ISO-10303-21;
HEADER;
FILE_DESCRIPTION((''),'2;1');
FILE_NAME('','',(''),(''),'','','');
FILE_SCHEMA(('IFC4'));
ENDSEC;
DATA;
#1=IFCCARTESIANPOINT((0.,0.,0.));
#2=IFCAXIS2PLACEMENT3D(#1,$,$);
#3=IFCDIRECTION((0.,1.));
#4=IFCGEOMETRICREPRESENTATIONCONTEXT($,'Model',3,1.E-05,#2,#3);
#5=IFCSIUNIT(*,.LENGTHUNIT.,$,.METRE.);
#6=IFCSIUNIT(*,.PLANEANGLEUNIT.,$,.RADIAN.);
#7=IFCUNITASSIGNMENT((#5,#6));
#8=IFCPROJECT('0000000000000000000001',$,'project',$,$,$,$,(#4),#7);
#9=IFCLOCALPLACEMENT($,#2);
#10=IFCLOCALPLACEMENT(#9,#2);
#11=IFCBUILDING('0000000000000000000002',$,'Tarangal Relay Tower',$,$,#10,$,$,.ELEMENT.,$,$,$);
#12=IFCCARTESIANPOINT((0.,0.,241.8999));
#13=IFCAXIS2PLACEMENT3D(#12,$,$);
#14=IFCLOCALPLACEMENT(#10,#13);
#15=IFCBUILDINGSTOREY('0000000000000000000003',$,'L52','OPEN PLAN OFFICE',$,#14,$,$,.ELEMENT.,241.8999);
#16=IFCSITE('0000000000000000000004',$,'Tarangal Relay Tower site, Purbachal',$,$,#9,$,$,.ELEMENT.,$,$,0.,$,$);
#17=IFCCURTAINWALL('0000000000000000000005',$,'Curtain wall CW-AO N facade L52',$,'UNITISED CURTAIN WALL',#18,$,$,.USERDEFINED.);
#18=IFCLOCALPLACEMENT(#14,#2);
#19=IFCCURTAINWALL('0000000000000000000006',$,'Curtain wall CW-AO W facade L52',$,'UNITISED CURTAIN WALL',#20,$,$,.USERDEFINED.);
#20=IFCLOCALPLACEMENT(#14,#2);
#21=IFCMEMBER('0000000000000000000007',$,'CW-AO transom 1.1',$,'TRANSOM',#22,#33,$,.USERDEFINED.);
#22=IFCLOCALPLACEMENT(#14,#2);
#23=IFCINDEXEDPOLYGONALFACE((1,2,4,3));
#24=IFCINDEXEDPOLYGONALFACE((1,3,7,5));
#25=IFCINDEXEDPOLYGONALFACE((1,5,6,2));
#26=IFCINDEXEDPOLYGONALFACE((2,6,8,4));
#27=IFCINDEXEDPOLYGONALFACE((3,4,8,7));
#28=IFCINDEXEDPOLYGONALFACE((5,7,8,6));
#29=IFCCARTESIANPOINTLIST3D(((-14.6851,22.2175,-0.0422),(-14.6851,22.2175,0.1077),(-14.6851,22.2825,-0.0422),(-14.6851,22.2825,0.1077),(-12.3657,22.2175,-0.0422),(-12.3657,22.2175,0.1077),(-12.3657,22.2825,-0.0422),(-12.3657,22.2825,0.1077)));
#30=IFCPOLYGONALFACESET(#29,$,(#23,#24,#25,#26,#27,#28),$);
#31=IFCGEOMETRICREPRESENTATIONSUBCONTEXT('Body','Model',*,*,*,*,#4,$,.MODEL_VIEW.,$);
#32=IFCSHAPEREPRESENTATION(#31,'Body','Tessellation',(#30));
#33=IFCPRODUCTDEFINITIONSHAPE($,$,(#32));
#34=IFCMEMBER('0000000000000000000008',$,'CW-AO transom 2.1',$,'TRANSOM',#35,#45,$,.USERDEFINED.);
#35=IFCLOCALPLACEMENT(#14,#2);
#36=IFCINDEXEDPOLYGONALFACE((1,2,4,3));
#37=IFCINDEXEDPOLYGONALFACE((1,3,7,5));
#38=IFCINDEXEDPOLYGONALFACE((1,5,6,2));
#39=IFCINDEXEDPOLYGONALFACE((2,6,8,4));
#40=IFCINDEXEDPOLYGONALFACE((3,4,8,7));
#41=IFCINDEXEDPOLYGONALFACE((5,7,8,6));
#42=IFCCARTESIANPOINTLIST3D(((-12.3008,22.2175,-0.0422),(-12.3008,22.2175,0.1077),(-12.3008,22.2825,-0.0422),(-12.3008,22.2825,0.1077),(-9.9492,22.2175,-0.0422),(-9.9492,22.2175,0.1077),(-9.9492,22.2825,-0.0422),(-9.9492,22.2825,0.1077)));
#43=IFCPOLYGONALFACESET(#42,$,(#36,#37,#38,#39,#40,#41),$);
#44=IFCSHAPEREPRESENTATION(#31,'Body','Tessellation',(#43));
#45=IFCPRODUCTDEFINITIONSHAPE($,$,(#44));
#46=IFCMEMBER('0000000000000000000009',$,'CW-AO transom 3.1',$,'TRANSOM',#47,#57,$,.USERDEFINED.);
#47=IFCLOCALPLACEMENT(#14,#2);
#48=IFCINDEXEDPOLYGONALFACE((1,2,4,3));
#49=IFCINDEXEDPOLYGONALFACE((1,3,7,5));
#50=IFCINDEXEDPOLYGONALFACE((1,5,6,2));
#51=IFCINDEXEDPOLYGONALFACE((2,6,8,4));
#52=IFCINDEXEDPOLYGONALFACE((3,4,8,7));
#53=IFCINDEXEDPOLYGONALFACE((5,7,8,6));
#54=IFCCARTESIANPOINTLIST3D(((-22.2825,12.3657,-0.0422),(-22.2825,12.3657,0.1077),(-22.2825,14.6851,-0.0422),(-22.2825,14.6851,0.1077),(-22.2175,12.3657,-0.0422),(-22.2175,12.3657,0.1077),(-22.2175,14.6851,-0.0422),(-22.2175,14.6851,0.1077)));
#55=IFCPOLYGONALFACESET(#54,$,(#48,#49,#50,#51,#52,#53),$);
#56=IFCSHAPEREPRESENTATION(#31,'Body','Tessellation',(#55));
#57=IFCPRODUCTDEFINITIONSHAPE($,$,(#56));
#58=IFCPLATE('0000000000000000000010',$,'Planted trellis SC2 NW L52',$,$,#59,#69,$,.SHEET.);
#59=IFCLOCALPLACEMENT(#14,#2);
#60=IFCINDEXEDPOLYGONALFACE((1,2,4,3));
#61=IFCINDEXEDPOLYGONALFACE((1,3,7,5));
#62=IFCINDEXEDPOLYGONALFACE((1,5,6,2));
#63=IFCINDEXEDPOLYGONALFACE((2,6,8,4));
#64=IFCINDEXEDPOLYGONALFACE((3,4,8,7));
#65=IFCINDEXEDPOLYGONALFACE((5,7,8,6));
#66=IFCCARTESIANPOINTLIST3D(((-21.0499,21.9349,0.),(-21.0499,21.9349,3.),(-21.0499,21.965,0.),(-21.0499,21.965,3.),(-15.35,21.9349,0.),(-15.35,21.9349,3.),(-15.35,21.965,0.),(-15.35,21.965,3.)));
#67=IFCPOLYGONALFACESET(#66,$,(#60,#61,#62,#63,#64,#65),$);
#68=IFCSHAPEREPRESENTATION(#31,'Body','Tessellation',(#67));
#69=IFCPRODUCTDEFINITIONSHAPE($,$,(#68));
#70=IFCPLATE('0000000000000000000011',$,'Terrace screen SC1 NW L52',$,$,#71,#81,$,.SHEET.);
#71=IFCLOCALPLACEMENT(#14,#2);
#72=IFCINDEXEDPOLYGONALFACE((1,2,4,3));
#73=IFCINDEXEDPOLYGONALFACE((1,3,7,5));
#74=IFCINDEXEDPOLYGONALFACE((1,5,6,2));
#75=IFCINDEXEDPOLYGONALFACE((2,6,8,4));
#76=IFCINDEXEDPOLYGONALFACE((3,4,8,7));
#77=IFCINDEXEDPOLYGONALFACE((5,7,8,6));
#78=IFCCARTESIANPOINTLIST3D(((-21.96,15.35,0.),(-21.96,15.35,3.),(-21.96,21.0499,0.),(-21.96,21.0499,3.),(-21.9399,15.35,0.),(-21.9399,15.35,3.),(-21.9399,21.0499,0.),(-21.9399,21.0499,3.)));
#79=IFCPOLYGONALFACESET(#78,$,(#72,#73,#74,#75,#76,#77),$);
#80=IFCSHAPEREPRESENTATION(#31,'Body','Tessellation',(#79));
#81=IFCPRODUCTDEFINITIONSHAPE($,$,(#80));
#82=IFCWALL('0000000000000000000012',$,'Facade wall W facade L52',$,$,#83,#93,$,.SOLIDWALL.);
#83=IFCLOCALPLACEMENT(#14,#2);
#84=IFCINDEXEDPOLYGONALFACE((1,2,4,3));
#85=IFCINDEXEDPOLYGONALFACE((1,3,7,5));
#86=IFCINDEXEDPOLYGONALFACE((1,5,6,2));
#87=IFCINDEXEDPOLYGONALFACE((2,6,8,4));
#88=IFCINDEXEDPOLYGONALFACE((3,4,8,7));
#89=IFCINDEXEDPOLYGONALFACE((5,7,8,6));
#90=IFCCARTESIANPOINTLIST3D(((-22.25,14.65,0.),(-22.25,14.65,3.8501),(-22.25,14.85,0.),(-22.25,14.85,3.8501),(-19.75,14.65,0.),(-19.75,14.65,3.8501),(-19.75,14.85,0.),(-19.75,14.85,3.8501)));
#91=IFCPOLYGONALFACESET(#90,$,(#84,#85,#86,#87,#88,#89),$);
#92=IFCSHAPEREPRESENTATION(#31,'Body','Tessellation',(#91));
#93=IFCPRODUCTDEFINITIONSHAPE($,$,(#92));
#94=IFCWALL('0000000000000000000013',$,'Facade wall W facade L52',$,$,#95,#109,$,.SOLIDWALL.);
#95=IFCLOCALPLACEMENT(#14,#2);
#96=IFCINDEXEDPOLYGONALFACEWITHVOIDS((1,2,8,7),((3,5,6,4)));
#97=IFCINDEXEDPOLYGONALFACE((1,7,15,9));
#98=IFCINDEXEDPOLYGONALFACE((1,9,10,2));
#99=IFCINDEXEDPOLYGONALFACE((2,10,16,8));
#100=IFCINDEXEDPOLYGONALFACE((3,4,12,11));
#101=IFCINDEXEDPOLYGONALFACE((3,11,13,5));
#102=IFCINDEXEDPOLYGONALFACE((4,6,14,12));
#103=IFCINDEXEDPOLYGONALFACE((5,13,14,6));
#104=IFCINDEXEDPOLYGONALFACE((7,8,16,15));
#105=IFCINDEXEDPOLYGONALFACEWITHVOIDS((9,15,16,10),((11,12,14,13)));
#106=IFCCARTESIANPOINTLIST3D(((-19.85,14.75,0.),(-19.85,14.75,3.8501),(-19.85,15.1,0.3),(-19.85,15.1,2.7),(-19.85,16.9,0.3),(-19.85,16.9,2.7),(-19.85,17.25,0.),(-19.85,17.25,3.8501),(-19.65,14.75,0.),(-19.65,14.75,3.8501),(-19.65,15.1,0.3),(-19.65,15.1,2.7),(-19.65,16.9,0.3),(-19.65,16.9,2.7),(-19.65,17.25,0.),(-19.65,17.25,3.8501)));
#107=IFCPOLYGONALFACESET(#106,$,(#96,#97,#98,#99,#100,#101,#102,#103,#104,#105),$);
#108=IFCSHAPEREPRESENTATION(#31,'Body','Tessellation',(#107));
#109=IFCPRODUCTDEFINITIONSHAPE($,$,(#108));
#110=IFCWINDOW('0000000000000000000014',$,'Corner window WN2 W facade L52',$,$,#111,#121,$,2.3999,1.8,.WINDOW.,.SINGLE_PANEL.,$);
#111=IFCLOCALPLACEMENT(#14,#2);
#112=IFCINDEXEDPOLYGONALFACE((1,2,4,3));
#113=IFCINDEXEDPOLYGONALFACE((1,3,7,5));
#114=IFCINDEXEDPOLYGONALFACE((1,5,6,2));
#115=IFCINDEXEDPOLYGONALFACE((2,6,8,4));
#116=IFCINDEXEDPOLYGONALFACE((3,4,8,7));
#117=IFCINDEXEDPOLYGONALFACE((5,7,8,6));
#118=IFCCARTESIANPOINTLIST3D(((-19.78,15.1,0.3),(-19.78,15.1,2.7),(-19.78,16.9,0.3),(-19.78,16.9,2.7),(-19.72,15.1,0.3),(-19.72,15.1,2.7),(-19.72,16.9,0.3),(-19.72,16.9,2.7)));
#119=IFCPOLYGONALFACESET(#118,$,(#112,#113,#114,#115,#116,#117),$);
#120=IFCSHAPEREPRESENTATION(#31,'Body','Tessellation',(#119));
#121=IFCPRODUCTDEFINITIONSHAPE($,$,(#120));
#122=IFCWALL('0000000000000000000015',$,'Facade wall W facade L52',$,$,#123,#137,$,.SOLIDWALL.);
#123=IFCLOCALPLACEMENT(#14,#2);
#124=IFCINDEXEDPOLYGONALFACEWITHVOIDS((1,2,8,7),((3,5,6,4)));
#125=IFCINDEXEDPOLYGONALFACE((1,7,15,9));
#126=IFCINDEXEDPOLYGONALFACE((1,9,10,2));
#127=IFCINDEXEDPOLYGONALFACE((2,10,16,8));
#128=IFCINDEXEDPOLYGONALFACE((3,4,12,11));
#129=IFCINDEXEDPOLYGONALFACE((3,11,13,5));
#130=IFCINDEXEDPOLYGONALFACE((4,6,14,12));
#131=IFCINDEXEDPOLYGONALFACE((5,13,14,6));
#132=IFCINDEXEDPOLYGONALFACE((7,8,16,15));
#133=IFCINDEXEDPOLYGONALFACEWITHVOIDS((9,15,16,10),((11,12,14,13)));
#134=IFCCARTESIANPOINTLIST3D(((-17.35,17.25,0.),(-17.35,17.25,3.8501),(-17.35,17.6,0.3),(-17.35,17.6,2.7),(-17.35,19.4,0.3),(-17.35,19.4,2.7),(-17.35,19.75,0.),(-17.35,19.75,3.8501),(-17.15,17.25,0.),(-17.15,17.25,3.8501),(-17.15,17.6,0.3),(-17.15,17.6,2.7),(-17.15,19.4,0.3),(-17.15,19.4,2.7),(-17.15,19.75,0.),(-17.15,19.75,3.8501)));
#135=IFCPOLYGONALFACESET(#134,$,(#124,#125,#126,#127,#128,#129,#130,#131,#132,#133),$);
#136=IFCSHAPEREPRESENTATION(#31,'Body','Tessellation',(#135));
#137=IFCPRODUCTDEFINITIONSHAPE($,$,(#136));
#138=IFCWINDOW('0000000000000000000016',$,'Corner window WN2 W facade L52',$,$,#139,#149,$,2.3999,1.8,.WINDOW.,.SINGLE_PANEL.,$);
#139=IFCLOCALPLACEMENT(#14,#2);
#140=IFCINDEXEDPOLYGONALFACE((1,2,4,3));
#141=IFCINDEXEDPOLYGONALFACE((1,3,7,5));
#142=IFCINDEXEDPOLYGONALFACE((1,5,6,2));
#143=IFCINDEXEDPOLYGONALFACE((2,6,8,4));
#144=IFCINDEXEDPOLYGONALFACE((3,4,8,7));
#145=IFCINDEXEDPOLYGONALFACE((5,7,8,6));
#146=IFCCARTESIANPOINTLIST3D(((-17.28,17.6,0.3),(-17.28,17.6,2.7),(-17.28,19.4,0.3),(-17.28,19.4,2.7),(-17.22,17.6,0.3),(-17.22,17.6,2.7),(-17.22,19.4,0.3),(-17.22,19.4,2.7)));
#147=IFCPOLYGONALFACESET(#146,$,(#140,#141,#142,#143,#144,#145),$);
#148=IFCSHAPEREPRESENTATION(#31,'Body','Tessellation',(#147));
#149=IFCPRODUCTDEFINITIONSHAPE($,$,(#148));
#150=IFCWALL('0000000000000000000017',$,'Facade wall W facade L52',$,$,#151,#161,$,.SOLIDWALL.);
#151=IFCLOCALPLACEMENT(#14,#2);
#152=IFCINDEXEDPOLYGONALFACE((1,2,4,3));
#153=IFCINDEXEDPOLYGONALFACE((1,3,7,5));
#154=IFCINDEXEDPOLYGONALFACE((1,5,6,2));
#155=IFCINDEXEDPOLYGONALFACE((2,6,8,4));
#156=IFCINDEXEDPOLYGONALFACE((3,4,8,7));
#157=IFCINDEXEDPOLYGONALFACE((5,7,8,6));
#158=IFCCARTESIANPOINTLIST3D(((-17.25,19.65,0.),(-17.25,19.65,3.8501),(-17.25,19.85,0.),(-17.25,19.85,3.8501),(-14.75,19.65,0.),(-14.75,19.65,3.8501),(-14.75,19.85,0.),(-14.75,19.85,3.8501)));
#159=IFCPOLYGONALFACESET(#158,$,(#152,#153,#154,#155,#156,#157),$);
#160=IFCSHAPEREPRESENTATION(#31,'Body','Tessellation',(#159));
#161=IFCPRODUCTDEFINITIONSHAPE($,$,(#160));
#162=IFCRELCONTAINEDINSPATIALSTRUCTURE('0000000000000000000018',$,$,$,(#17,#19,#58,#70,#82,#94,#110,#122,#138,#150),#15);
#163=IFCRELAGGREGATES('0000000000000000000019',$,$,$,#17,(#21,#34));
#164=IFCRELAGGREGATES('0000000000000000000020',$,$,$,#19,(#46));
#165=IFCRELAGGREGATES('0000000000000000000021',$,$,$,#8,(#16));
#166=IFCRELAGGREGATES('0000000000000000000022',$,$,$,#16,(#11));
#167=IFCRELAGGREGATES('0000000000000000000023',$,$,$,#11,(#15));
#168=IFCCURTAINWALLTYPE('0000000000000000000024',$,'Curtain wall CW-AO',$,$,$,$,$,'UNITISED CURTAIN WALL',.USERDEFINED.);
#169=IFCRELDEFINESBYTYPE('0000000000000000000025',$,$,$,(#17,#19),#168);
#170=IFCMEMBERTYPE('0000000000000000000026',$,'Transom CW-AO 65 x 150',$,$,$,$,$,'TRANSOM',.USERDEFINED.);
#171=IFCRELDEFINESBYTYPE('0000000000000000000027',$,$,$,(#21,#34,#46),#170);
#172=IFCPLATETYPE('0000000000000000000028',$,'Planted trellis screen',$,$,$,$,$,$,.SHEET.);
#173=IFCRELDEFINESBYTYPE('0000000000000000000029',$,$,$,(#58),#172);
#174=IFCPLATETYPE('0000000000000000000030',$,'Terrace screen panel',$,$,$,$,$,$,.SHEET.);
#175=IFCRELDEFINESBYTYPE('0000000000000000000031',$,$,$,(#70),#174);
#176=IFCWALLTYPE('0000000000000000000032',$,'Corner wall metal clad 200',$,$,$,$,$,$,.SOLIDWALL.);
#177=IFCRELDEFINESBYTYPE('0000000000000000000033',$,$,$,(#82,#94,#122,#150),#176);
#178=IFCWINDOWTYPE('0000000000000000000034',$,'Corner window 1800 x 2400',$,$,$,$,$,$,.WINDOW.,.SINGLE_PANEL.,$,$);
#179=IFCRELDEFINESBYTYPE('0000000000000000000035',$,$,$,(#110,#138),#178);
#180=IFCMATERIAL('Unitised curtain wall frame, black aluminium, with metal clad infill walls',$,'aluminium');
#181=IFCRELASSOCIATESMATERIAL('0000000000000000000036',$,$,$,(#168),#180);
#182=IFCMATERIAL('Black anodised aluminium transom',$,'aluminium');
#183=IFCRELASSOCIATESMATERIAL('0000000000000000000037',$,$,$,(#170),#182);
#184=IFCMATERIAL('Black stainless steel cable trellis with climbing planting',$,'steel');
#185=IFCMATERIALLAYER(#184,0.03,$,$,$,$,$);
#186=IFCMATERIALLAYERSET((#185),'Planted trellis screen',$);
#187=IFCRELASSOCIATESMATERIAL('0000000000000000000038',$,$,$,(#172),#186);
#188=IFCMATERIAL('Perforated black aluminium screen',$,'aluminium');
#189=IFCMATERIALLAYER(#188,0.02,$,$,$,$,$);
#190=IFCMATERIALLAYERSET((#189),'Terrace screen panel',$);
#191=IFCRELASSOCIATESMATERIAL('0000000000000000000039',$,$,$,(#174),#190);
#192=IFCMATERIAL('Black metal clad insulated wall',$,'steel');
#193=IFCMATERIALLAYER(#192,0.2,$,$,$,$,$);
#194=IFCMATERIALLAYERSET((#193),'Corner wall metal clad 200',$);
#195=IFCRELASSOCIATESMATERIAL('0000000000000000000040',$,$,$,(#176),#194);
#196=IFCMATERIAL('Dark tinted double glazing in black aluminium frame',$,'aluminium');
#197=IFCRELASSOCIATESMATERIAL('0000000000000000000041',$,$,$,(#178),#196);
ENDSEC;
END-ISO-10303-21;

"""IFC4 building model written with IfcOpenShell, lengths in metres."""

from ifc_helpers import new_model, si_unit, direction, frame, frame_2d, origin, origin_2d, place, context, subcontext, project, spatial, rectangle, extrude, material, layer, layer_set, material_profile, profile_set, type_object, element, fill, aggregate, save


model = new_model("IFC4")

# Units and contexts
model_context = context("Model", 3, precision=1e-05, world=origin(), true_north=direction((0.0, 1.0)))
body_context = subcontext(model_context, "Body", "Model", "MODEL_VIEW")
ifc_project = project(units=[si_unit("LENGTHUNIT", "METRE"), si_unit("PLANEANGLEUNIT", "RADIAN")], contexts=[model_context])

# Site, building, storey
site_placement = place(None, origin())
site = spatial("IfcSite", under=ifc_project, at=site_placement, Name="Tarangal Relay Tower site, Purbachal", CompositionType="ELEMENT", RefElevation=0.0)
building_placement = place(site_placement, origin())
building = spatial("IfcBuilding", under=site, at=building_placement, Name="Tarangal Relay Tower", CompositionType="ELEMENT")
storey_placement = place(building_placement, frame((0.0, 0.0, 241.8999)))
storey = spatial("IfcBuildingStorey", under=building, at=storey_placement, Name="L52", Description="OPEN PLAN OFFICE", CompositionType="ELEMENT", Elevation=241.8999)

# Curtain walls
ifc_material_1 = material(Name="Unitised curtain wall frame, black aluminium, with metal clad infill walls", Category="aluminium")
curtain_wall_type = type_object("IfcCurtainWallType", Name="Curtain wall CW-AO", ElementType="UNITISED CURTAIN WALL", PredefinedType="USERDEFINED", material=ifc_material_1)
curtain_wall_1_placement = place(storey_placement, origin())
curtain_wall_1 = element("IfcCurtainWall", 1, at=curtain_wall_1_placement, inside=storey, type_object=curtain_wall_type, Name="Curtain wall CW-AO N facade L52", ObjectType="UNITISED CURTAIN WALL", PredefinedType="USERDEFINED")
curtain_wall_2_placement = place(storey_placement, origin())
curtain_wall_2 = element("IfcCurtainWall", 2, at=curtain_wall_2_placement, inside=storey, type_object=curtain_wall_type, Name="Curtain wall CW-AO W facade L52", ObjectType="UNITISED CURTAIN WALL", PredefinedType="USERDEFINED")

# Members
ifc_material_2 = material(Name="Black anodised aluminium transom", Category="aluminium")
ifc_material_profile_1 = material_profile(ifc_material_2, rectangle(XDim=0.0649, YDim=0.1499, at=origin_2d()), Name="CW-AOT 65X150")
ifc_profile_set_1 = profile_set([ifc_material_profile_1], Name="Black anodised aluminium transom")
member_type_1 = type_object("IfcMemberType", Name="Transom CW-AO 65 x 150", ElementType="TRANSOM", PredefinedType="USERDEFINED", material=ifc_profile_set_1)
member_1_placement = place(storey_placement, frame((-14.6851, 22.25, 0.0327), z_axis=(1.0, 0.0, 0.0), x_axis=(0.0, 1.0, 0.0)))
member_1 = element("IfcMember", 3, at=member_1_placement, type_object=member_type_1, Name="CW-AO transom 1.1", ObjectType="TRANSOM", PredefinedType="USERDEFINED", context=body_context, shape_type="SweptSolid", body=[
    extrude(rectangle(XDim=0.0649, YDim=0.1499, at=origin_2d()), origin(), (0.0, 0.0, 1.0), 2.3193),
])
member_2_placement = place(storey_placement, frame((-12.3008, 22.25, 0.0327), z_axis=(1.0, 0.0, 0.0), x_axis=(0.0, 1.0, 0.0)))
member_2 = element("IfcMember", 4, at=member_2_placement, type_object=member_type_1, Name="CW-AO transom 2.1", ObjectType="TRANSOM", PredefinedType="USERDEFINED", context=body_context, shape_type="SweptSolid", body=[
    extrude(rectangle(XDim=0.0649, YDim=0.1499, at=origin_2d()), origin(), (0.0, 0.0, 1.0), 2.3516),
])
aggregate(curtain_wall_1, [member_1, member_2])
member_3_placement = place(storey_placement, frame((-22.25, 12.3657, 0.0327), z_axis=(0.0, 1.0, 0.0), x_axis=(-1.0, 0.0, 0.0)))
member_3 = element("IfcMember", 5, at=member_3_placement, type_object=member_type_1, Name="CW-AO transom 3.1", ObjectType="TRANSOM", PredefinedType="USERDEFINED", context=body_context, shape_type="SweptSolid", body=[
    extrude(rectangle(XDim=0.0649, YDim=0.1499, at=origin_2d()), origin(), (0.0, 0.0, 1.0), 2.3193),
])
aggregate(curtain_wall_2, [member_3])

# Plates
ifc_material_3 = material(Name="Black stainless steel cable trellis with climbing planting", Category="steel")
ifc_layer_1 = layer(ifc_material_3, 0.03)
ifc_layer_set_1 = layer_set([ifc_layer_1], Name="Planted trellis screen")
plate_type_1 = type_object("IfcPlateType", Name="Planted trellis screen", PredefinedType="SHEET", material=ifc_layer_set_1)
plate_1_placement = place(storey_placement, frame((-18.2, 21.95, 0.0), z_axis=(0.0, 0.0, 1.0), x_axis=(1.0, 0.0, 0.0)))
element("IfcPlate", 6, at=plate_1_placement, inside=storey, type_object=plate_type_1, Name="Planted trellis SC2 NW L52", PredefinedType="SHEET", context=body_context, shape_type="SweptSolid", body=[
    extrude(rectangle(XDim=5.7, YDim=0.03, at=origin_2d()), origin(), (0.0, 0.0, 1.0), 3.0),
])
ifc_material_4 = material(Name="Perforated black aluminium screen", Category="aluminium")
ifc_layer_2 = layer(ifc_material_4, 0.02)
ifc_layer_set_2 = layer_set([ifc_layer_2], Name="Terrace screen panel")
plate_type_2 = type_object("IfcPlateType", Name="Terrace screen panel", PredefinedType="SHEET", material=ifc_layer_set_2)
plate_2_placement = place(storey_placement, frame((-21.95, 18.2, 0.0), z_axis=(0.0, 0.0, 1.0), x_axis=(0.0, 1.0, 0.0)))
element("IfcPlate", 7, at=plate_2_placement, inside=storey, type_object=plate_type_2, Name="Terrace screen SC1 NW L52", PredefinedType="SHEET", context=body_context, shape_type="SweptSolid", body=[
    extrude(rectangle(XDim=5.7, YDim=0.02, at=origin_2d()), origin(), (0.0, 0.0, 1.0), 3.0),
])

# Wall
ifc_material_5 = material(Name="Black metal clad insulated wall", Category="steel")
ifc_layer_3 = layer(ifc_material_5, 0.2)
ifc_layer_set_3 = layer_set([ifc_layer_3], Name="Corner wall metal clad 200")
wall_type_1 = type_object("IfcWallType", Name="Corner wall metal clad 200", PredefinedType="SOLIDWALL", material=ifc_layer_set_3)
wall_1_placement = place(storey_placement, frame((-22.25, 14.75, 0.0), z_axis=(0.0, 0.0, 1.0), x_axis=(1.0, 0.0, 0.0)))
element("IfcWall", 8, at=wall_1_placement, inside=storey, type_object=wall_type_1, Name="Facade wall W facade L52", PredefinedType="SOLIDWALL", context=body_context, shape_type="SweptSolid", body=[
    extrude(rectangle(XDim=2.5, YDim=0.2, at=frame_2d((1.25, 0.0))), origin(), (0.0, 0.0, 1.0), 3.8501),
])

# Wall, opening, window
wall_2_placement = place(storey_placement, frame((-19.75, 14.75, 0.0), z_axis=(0.0, 0.0, 1.0), x_axis=(0.0, 1.0, 0.0)))
wall_2 = element("IfcWall", 9, at=wall_2_placement, inside=storey, type_object=wall_type_1, Name="Facade wall W facade L52", PredefinedType="SOLIDWALL", context=body_context, shape_type="SweptSolid", body=[
    extrude(rectangle(XDim=2.5, YDim=0.2, at=frame_2d((1.25, 0.0))), origin(), (0.0, 0.0, 1.0), 3.8501),
])
opening_1_placement = place(wall_2_placement, frame((0.3501, 0.0, 0.3)))
opening_1 = element("IfcOpeningElement", 10, at=opening_1_placement, cuts=wall_2, PredefinedType="OPENING", context=body_context, shape_type="SweptSolid", body=[
    extrude(rectangle(XDim=1.8, YDim=2.3999, at=frame_2d((0.8999, 1.2))), frame((0.0, 0.1099, 0.0), z_axis=(0.0, -1.0, 0.0), x_axis=(1.0, 0.0, 0.0)), (0.0, 0.0, 1.0), 0.22),
])
ifc_material_6 = material(Name="Dark tinted double glazing in black aluminium frame", Category="aluminium")
window_type = type_object("IfcWindowType", Name="Corner window 1800 x 2400", PartitioningType="SINGLE_PANEL", PredefinedType="WINDOW", material=ifc_material_6)
window_1_placement = place(opening_1_placement, origin())
window_1 = element("IfcWindow", 11, at=window_1_placement, inside=storey, type_object=window_type, Name="Corner window WN2 W facade L52", OverallHeight=2.3999, OverallWidth=1.8, PartitioningType="SINGLE_PANEL", PredefinedType="WINDOW", context=body_context, shape_type="SweptSolid", body=[
    extrude(rectangle(XDim=1.8, YDim=2.3999, at=frame_2d((0.8999, 1.2))), frame((0.0, 0.03, 0.0), z_axis=(0.0, -1.0, 0.0), x_axis=(1.0, 0.0, 0.0)), (0.0, 0.0, 1.0), 0.0601),
])
fill(opening_1, window_1)

# Wall, opening, window
wall_3_placement = place(storey_placement, frame((-17.25, 17.25, 0.0), z_axis=(0.0, 0.0, 1.0), x_axis=(0.0, 1.0, 0.0)))
wall_3 = element("IfcWall", 12, at=wall_3_placement, inside=storey, type_object=wall_type_1, Name="Facade wall W facade L52", PredefinedType="SOLIDWALL", context=body_context, shape_type="SweptSolid", body=[
    extrude(rectangle(XDim=2.5, YDim=0.2, at=frame_2d((1.25, 0.0))), origin(), (0.0, 0.0, 1.0), 3.8501),
])
opening_2_placement = place(wall_3_placement, frame((0.3501, 0.0, 0.3)))
opening_2 = element("IfcOpeningElement", 13, at=opening_2_placement, cuts=wall_3, PredefinedType="OPENING", context=body_context, shape_type="SweptSolid", body=[
    extrude(rectangle(XDim=1.8, YDim=2.3999, at=frame_2d((0.8999, 1.2))), frame((0.0, 0.1099, 0.0), z_axis=(0.0, -1.0, 0.0), x_axis=(1.0, 0.0, 0.0)), (0.0, 0.0, 1.0), 0.22),
])
window_2_placement = place(opening_2_placement, origin())
window_2 = element("IfcWindow", 14, at=window_2_placement, inside=storey, type_object=window_type, Name="Corner window WN2 W facade L52", OverallHeight=2.3999, OverallWidth=1.8, PartitioningType="SINGLE_PANEL", PredefinedType="WINDOW", context=body_context, shape_type="SweptSolid", body=[
    extrude(rectangle(XDim=1.8, YDim=2.3999, at=frame_2d((0.8999, 1.2))), frame((0.0, 0.03, 0.0), z_axis=(0.0, -1.0, 0.0), x_axis=(1.0, 0.0, 0.0)), (0.0, 0.0, 1.0), 0.0601),
])
fill(opening_2, window_2)

# Wall
wall_4_placement = place(storey_placement, frame((-17.25, 19.75, 0.0), z_axis=(0.0, 0.0, 1.0), x_axis=(1.0, 0.0, 0.0)))
element("IfcWall", 15, at=wall_4_placement, inside=storey, type_object=wall_type_1, Name="Facade wall W facade L52", PredefinedType="SOLIDWALL", context=body_context, shape_type="SweptSolid", body=[
    extrude(rectangle(XDim=2.5, YDim=0.2, at=frame_2d((1.25, 0.0))), origin(), (0.0, 0.0, 1.0), 3.8501),
])

save(model, "model.ifc")
